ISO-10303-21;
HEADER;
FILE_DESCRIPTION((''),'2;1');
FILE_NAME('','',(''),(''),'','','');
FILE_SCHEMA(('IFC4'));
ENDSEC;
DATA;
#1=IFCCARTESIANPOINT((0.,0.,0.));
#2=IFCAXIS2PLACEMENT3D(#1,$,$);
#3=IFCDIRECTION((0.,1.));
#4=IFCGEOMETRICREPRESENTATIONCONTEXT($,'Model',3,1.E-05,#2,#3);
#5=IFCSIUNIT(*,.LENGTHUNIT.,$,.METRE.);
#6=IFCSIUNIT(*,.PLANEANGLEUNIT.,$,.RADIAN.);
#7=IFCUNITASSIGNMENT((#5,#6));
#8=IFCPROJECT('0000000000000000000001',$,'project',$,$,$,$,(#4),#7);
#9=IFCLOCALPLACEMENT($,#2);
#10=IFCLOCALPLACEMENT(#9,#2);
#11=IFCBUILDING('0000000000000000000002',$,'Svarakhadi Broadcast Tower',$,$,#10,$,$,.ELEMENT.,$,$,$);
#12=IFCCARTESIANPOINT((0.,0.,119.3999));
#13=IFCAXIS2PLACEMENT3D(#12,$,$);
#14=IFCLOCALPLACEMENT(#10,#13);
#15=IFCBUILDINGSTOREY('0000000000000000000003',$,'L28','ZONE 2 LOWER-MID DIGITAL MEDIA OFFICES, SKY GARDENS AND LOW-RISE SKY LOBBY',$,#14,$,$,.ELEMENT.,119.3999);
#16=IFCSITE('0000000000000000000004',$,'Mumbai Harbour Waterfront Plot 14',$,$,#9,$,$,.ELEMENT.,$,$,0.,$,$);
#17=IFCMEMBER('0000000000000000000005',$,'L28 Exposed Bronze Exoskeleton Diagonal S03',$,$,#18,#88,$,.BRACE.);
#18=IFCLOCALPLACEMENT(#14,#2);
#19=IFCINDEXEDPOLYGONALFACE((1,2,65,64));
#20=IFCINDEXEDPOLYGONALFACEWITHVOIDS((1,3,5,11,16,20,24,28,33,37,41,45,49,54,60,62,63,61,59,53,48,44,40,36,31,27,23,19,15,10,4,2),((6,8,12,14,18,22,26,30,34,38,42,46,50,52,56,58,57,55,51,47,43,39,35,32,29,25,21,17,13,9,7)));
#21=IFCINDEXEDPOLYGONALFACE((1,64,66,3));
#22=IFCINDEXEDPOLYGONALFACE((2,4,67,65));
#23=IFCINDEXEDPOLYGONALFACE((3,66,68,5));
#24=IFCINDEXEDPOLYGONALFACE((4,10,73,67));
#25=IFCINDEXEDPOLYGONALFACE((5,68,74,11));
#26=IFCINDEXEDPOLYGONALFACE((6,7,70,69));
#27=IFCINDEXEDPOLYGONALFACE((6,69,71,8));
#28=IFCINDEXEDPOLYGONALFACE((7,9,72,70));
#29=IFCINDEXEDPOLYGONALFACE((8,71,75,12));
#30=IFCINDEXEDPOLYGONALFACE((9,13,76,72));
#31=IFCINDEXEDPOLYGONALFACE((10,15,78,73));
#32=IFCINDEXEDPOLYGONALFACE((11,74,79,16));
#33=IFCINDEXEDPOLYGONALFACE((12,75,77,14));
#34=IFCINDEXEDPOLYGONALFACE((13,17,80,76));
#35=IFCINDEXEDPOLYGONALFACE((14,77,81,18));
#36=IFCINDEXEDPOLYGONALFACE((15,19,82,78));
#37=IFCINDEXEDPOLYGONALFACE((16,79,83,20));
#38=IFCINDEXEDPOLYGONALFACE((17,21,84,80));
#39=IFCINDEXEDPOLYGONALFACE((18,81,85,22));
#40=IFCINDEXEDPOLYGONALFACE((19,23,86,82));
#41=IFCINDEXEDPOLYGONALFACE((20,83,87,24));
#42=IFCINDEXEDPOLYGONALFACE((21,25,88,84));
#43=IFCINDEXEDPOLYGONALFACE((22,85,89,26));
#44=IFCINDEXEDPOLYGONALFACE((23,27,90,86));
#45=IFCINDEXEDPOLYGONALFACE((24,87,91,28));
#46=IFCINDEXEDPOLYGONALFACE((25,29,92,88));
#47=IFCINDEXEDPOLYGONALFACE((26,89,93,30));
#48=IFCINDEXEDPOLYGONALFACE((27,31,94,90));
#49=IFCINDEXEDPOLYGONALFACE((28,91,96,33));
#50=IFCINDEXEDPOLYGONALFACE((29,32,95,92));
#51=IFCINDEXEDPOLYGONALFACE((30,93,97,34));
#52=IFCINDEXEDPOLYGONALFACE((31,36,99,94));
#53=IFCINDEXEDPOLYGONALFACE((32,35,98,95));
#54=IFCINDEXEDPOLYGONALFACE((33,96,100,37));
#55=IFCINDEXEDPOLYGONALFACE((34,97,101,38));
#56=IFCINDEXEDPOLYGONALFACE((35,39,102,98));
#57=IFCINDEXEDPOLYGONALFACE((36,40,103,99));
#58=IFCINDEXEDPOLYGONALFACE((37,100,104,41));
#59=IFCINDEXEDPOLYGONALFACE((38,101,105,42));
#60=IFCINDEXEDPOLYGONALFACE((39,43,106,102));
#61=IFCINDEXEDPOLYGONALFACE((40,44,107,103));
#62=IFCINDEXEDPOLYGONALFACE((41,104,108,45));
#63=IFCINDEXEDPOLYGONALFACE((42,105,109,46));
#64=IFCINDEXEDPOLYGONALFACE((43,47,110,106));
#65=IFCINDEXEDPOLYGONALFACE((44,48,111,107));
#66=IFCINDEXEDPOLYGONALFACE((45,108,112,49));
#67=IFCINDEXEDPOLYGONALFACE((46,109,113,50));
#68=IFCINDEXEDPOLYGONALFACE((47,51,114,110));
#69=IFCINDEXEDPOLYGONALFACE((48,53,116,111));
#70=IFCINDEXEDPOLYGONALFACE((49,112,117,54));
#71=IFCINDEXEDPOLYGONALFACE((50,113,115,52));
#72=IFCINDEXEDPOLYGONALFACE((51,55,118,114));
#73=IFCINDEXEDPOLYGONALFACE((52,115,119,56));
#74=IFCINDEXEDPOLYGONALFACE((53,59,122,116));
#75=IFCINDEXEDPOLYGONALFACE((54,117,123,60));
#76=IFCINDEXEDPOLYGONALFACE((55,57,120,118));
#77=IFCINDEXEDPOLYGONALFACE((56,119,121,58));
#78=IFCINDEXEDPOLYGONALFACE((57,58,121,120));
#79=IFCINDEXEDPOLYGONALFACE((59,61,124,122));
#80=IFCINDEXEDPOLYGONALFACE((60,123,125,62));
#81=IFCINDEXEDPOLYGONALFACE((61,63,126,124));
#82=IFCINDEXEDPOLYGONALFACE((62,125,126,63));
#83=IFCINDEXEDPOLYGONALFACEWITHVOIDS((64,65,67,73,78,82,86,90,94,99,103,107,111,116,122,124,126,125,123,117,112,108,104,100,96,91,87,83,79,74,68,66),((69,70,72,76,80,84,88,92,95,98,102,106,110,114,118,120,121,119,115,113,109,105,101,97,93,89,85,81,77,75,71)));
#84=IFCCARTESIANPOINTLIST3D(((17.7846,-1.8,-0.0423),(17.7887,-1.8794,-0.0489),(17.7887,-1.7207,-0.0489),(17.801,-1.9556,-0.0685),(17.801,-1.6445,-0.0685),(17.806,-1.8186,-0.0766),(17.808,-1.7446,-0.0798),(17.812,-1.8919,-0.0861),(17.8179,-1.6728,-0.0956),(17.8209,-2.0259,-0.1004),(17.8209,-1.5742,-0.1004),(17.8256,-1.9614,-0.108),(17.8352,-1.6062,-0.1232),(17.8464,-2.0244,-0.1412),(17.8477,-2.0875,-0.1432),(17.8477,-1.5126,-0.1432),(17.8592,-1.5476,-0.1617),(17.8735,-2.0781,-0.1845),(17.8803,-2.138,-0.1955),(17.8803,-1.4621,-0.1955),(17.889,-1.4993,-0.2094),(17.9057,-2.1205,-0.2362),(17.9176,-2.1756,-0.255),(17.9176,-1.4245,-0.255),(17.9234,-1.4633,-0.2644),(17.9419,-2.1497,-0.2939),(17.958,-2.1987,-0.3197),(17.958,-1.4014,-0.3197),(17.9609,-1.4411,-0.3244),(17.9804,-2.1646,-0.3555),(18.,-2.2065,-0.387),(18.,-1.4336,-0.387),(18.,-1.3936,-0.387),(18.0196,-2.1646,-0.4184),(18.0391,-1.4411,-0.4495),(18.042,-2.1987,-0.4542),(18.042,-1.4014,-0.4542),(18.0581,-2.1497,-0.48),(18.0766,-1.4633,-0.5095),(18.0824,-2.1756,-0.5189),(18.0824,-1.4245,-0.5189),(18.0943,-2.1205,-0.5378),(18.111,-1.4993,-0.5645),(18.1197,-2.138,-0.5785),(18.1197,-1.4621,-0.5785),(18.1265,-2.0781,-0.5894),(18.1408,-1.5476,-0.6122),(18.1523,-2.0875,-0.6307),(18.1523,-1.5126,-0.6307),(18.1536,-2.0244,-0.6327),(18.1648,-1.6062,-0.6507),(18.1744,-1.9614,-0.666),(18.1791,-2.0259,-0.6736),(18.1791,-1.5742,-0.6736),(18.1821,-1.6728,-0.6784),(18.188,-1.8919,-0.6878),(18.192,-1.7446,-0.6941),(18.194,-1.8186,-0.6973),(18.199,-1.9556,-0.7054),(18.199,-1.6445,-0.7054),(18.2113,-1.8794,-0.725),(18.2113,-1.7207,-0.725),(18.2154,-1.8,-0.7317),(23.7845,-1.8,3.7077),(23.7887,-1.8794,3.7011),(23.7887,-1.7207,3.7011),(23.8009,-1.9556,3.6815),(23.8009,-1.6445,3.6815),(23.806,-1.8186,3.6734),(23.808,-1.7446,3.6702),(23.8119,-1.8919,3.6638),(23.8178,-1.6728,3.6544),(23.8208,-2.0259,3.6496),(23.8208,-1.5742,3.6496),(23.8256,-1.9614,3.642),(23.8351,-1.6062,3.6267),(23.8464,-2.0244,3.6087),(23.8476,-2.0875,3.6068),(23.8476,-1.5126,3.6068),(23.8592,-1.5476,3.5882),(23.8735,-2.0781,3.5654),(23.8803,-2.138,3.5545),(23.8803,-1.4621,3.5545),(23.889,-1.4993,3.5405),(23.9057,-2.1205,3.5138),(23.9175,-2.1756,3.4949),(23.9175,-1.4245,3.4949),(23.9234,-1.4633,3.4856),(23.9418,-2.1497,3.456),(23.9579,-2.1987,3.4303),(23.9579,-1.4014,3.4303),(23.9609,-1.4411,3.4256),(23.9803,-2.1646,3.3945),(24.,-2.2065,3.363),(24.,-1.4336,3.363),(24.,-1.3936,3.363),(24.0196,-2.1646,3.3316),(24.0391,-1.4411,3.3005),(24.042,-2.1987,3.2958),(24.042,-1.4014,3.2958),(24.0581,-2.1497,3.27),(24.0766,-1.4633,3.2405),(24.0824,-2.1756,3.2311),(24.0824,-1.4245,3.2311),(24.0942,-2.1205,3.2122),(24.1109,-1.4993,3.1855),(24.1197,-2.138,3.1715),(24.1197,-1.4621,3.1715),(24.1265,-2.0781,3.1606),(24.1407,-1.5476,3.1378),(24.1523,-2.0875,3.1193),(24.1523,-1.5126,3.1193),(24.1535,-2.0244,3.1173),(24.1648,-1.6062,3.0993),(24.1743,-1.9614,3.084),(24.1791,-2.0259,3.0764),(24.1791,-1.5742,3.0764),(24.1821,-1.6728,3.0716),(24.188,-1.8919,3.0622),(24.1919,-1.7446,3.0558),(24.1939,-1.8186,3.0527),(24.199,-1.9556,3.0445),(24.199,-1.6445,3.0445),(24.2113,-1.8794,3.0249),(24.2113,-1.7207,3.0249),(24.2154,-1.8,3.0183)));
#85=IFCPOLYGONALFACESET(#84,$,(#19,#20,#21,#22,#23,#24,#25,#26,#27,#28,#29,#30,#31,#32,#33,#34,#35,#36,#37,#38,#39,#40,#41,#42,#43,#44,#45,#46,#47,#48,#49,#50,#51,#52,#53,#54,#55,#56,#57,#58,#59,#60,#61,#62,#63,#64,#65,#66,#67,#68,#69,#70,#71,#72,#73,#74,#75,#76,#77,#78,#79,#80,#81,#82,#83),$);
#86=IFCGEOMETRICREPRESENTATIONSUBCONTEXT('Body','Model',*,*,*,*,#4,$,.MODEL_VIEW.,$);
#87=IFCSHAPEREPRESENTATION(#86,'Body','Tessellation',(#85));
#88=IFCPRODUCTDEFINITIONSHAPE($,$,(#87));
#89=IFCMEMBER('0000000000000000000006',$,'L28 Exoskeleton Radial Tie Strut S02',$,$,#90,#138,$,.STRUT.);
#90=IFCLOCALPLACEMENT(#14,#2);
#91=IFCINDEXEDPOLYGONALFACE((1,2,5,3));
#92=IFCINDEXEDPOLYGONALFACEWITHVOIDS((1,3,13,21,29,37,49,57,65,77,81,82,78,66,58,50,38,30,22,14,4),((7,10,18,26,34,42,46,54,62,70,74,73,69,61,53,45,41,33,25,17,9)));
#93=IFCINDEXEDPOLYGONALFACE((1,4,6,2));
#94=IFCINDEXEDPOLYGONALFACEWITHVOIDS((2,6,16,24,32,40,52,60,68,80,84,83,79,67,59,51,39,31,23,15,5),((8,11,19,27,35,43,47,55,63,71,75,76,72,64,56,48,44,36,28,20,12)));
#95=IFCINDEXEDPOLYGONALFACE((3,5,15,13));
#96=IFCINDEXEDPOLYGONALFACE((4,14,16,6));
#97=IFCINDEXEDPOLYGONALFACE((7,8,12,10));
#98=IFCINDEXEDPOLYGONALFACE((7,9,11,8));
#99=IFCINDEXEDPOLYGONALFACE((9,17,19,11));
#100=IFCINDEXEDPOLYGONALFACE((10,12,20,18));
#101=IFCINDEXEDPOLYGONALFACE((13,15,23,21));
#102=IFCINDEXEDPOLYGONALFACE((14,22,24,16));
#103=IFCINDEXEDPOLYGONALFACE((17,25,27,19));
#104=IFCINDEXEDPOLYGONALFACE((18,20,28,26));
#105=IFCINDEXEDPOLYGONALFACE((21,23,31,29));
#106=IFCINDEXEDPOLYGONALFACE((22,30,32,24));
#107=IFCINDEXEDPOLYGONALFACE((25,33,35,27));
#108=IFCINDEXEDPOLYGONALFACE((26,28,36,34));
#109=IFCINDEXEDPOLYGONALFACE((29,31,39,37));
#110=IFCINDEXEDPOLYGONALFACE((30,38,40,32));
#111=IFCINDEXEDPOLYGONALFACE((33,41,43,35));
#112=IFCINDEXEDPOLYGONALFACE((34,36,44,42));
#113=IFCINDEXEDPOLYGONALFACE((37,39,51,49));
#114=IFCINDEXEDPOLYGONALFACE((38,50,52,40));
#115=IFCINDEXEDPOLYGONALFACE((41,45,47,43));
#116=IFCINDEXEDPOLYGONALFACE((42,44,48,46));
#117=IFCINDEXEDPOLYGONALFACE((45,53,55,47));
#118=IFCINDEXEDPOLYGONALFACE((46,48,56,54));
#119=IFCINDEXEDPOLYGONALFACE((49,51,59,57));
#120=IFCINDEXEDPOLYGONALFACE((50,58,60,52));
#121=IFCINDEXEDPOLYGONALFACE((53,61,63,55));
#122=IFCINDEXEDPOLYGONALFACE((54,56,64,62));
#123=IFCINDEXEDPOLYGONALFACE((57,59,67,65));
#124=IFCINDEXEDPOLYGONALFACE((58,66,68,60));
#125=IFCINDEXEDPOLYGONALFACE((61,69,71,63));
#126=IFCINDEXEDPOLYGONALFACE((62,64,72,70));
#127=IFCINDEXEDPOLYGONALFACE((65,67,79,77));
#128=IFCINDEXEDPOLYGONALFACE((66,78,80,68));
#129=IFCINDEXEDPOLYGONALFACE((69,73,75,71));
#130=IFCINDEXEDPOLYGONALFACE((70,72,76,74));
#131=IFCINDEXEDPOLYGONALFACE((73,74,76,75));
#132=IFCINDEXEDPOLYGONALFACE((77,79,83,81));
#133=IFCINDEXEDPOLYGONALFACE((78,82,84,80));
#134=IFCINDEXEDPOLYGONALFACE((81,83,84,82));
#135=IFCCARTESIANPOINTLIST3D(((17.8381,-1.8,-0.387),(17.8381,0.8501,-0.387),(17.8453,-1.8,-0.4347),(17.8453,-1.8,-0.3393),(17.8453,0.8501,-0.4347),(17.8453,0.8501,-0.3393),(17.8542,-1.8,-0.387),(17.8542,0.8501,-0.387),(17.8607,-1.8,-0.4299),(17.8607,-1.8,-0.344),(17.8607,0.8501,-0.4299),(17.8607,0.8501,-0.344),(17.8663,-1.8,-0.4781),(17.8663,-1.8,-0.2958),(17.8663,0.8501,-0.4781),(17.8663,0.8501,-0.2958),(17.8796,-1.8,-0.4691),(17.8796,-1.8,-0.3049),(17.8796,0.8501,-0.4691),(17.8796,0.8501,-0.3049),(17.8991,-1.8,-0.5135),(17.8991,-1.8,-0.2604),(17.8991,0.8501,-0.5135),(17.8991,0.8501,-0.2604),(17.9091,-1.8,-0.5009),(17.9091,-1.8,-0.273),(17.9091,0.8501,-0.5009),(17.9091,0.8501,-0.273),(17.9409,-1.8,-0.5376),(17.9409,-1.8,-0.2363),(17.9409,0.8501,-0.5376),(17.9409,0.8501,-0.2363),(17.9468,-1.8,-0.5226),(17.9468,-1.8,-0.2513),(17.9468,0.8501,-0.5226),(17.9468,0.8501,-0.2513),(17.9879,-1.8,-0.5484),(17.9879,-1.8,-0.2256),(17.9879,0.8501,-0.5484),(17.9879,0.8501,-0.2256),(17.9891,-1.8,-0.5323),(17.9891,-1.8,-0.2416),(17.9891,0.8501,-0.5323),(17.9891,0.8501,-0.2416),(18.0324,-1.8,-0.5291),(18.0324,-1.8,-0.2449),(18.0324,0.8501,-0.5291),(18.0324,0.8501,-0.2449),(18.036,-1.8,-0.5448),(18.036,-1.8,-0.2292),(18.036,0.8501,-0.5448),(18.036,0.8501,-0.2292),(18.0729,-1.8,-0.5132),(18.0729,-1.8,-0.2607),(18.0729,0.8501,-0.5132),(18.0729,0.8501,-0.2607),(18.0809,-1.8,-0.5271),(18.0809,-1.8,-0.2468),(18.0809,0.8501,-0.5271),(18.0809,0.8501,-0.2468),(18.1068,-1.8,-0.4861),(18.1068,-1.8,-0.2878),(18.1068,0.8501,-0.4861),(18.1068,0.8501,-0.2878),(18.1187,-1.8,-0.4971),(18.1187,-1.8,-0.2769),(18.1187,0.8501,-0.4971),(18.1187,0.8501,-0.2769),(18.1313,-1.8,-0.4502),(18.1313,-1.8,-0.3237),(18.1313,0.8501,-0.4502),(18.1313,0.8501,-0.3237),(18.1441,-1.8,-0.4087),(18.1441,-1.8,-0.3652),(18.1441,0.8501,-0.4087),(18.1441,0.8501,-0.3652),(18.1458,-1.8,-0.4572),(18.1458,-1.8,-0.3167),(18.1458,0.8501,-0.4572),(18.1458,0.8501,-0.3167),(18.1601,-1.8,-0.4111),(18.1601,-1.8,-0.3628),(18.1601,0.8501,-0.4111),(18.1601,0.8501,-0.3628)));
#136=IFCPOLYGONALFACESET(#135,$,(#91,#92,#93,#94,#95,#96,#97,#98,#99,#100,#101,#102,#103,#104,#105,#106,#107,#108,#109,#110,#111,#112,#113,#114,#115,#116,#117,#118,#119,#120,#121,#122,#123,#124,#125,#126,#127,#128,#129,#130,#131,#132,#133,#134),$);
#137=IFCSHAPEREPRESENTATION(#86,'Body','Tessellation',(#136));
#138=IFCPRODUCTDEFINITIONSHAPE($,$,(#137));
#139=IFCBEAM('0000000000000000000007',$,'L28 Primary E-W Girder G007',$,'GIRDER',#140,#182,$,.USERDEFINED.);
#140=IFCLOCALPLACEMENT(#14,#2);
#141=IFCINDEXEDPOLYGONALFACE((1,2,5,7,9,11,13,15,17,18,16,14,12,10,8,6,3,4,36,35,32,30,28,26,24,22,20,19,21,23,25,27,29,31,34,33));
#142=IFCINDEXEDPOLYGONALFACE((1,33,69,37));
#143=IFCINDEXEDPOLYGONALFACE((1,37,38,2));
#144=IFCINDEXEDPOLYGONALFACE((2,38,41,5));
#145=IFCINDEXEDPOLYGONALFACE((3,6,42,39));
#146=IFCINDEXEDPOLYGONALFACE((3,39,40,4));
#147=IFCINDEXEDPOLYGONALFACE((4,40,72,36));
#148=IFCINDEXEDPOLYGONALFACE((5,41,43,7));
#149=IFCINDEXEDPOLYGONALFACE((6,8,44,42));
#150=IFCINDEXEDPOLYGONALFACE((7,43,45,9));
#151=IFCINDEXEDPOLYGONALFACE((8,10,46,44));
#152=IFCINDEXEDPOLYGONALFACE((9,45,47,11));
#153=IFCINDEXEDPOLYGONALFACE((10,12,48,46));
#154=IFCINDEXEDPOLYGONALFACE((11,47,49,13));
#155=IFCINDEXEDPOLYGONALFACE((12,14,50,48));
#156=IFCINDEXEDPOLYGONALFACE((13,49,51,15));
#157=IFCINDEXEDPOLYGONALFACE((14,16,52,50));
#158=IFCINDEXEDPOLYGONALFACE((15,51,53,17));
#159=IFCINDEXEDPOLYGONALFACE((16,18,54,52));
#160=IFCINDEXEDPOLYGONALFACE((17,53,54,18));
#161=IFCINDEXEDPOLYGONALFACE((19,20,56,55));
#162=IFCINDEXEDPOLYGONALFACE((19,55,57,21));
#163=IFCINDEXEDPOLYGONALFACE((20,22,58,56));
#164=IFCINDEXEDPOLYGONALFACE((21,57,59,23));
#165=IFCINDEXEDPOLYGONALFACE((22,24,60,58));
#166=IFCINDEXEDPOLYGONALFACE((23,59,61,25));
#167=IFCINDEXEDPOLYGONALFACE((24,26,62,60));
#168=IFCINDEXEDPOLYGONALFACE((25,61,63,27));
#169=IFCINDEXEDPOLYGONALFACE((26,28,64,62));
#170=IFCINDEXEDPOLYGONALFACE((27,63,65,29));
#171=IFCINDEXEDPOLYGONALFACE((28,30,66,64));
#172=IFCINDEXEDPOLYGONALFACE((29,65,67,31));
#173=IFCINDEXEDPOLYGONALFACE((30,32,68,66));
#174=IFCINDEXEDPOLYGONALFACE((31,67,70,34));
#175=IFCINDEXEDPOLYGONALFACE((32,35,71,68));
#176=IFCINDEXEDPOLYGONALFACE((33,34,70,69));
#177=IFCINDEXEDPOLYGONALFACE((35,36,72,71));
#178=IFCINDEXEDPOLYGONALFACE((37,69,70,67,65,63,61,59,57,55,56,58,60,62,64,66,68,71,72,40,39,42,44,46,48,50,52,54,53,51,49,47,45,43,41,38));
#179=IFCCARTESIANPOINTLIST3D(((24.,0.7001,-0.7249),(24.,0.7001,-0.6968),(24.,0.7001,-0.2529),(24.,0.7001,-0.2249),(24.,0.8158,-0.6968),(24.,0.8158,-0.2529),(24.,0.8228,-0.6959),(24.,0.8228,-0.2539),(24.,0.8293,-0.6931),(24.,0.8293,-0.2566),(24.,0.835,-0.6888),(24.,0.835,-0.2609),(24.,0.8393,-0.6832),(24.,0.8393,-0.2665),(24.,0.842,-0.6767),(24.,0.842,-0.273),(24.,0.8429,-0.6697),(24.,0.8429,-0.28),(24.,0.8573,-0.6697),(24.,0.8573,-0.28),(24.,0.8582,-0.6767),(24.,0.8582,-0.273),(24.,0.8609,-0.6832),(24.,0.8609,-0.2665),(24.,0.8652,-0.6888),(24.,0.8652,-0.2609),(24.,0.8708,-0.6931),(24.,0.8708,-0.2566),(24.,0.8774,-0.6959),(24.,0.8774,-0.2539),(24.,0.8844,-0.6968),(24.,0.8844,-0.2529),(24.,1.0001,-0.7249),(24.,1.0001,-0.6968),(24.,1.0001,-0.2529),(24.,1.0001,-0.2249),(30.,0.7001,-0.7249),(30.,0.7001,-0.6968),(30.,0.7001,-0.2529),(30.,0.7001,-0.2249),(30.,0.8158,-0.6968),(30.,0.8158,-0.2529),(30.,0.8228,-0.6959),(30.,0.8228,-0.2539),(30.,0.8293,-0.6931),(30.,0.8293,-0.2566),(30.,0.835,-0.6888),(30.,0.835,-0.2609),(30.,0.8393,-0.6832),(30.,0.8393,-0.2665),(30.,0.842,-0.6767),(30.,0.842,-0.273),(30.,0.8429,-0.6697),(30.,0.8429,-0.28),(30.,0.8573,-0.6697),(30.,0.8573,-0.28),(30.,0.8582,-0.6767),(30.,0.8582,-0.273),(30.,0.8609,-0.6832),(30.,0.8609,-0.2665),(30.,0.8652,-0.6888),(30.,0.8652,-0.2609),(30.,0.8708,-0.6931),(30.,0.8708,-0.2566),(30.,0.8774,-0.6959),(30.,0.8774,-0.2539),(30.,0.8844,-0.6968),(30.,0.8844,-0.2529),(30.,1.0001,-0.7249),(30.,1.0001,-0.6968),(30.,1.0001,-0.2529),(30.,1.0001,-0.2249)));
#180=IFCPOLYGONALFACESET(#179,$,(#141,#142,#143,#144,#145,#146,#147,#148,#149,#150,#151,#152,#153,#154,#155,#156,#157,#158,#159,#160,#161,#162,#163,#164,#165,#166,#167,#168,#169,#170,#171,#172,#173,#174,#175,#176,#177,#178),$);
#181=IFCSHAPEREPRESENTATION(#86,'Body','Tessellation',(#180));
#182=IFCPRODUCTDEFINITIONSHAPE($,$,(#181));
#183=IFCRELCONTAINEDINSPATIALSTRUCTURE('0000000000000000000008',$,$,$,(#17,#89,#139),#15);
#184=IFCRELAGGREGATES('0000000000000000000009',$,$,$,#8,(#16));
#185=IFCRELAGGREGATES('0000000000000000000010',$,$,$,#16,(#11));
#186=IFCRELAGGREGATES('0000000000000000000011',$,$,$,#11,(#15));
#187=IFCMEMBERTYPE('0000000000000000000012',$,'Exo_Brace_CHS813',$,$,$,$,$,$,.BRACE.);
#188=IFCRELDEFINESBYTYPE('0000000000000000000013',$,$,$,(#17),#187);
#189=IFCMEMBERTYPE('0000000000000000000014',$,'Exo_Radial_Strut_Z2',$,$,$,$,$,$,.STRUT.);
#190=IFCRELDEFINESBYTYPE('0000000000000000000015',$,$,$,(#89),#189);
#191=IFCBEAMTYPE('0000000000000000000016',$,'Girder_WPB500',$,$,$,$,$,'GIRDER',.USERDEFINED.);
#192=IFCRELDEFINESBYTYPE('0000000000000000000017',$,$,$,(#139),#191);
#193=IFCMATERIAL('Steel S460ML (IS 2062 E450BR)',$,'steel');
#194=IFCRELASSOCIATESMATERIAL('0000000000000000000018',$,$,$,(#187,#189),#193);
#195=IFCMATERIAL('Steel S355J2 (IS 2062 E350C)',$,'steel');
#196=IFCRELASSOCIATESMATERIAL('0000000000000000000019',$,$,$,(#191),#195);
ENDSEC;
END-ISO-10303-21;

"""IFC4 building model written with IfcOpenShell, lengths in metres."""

from ifc_helpers import new_model, si_unit, direction, frame, origin, origin_2d, place, context, subcontext, project, spatial, hollow_circle, i_section, extrude, material, material_profile, profile_set, type_object, element, save


model = new_model("IFC4")

# Units and contexts
model_context = context("Model", 3, precision=1e-05, world=origin(), true_north=direction((0.0, 1.0)))
body_context = subcontext(model_context, "Body", "Model", "MODEL_VIEW")
ifc_project = project(units=[si_unit("LENGTHUNIT", "METRE"), si_unit("PLANEANGLEUNIT", "RADIAN")], contexts=[model_context])

# Site, building, storey
site_placement = place(None, origin())
site = spatial("IfcSite", under=ifc_project, at=site_placement, Name="Mumbai Harbour Waterfront Plot 14", CompositionType="ELEMENT", RefElevation=0.0)
building_placement = place(site_placement, origin())
building = spatial("IfcBuilding", under=site, at=building_placement, Name="Svarakhadi Broadcast Tower", CompositionType="ELEMENT")
storey_placement = place(building_placement, frame((0.0, 0.0, 119.3999)))
storey = spatial("IfcBuildingStorey", under=building, at=storey_placement, Name="L28", Description="ZONE 2 LOWER-MID DIGITAL MEDIA OFFICES, SKY GARDENS AND LOW-RISE SKY LOBBY", CompositionType="ELEMENT", Elevation=119.3999)

# Members
ifc_material_1 = material(Name="Steel S460ML (IS 2062 E450BR)", Category="steel")
ifc_material_profile_1 = material_profile(ifc_material_1, hollow_circle(Radius=0.4065, WallThickness=0.04, at=origin_2d()), Name="CHS 813x40")
ifc_profile_set_1 = profile_set([ifc_material_profile_1], Name="Steel S460ML (IS 2062 E450BR)")
member_type_1 = type_object("IfcMemberType", Name="Exo_Brace_CHS813", PredefinedType="BRACE", material=ifc_profile_set_1)
for number, where, z_axis, x_axis, name in (
    (1, (18.0, -1.8, -0.387), (0.847998, 0.0, 0.529999), (0.0, 1.0, 0.0), "L28 Exposed Bronze Exoskeleton Diagonal S03"),
):
    element("IfcMember", number, at=place(storey_placement, frame(where, z_axis=z_axis, x_axis=x_axis)), inside=storey, type_object=member_type_1, Name=name, PredefinedType="BRACE", context=body_context, shape_type="SweptSolid", body=[
        extrude(hollow_circle(Radius=0.4065, WallThickness=0.04, at=origin_2d()), origin(), (0.0, 0.0, 1.0), 7.0754),
    ])
ifc_material_profile_2 = material_profile(ifc_material_1, hollow_circle(Radius=0.1619, WallThickness=0.0161, at=origin_2d()), Name="CHS 323.9x16")
ifc_profile_set_2 = profile_set([ifc_material_profile_2], Name="Steel S460ML (IS 2062 E450BR)")
member_type_2 = type_object("IfcMemberType", Name="Exo_Radial_Strut_Z2", PredefinedType="STRUT", material=ifc_profile_set_2)
member_1_placement = place(storey_placement, frame((18.0, -1.8, -0.387), z_axis=(0.0, 1.0, 0.0), x_axis=(-1.0, 0.0, 0.0)))
element("IfcMember", 2, at=member_1_placement, inside=storey, type_object=member_type_2, Name="L28 Exoskeleton Radial Tie Strut S02", PredefinedType="STRUT", context=body_context, shape_type="SweptSolid", body=[
    extrude(hollow_circle(Radius=0.1619, WallThickness=0.0161, at=origin_2d()), origin(), (0.0, 0.0, 1.0), 2.6501),
])

# Beam
ifc_material_2 = material(Name="Steel S355J2 (IS 2062 E350C)", Category="steel")
ifc_material_profile_3 = material_profile(ifc_material_2, i_section(OverallWidth=0.3, OverallDepth=0.5, WebThickness=0.0144, FlangeThickness=0.0281, FilletRadius=0.0271, at=origin_2d()), Name="WPB 500x300x187")
ifc_profile_set_3 = profile_set([ifc_material_profile_3], Name="Steel S355J2 (IS 2062 E350C)")
beam_type = type_object("IfcBeamType", Name="Girder_WPB500", ElementType="GIRDER", PredefinedType="USERDEFINED", material=ifc_profile_set_3)
beam_1_placement = place(storey_placement, frame((24.0, 0.8501, -0.4749), z_axis=(1.0, 0.0, 0.0), x_axis=(0.0, 1.0, 0.0)))
element("IfcBeam", 3, at=beam_1_placement, inside=storey, type_object=beam_type, Name="L28 Primary E-W Girder G007", ObjectType="GIRDER", PredefinedType="USERDEFINED", context=body_context, shape_type="SweptSolid", body=[
    extrude(i_section(OverallWidth=0.3, OverallDepth=0.5, WebThickness=0.0144, FlangeThickness=0.0281, FilletRadius=0.0271, at=origin_2d()), origin(), (0.0, 0.0, 1.0), 6.0),
])

save(model, "model.ifc")
